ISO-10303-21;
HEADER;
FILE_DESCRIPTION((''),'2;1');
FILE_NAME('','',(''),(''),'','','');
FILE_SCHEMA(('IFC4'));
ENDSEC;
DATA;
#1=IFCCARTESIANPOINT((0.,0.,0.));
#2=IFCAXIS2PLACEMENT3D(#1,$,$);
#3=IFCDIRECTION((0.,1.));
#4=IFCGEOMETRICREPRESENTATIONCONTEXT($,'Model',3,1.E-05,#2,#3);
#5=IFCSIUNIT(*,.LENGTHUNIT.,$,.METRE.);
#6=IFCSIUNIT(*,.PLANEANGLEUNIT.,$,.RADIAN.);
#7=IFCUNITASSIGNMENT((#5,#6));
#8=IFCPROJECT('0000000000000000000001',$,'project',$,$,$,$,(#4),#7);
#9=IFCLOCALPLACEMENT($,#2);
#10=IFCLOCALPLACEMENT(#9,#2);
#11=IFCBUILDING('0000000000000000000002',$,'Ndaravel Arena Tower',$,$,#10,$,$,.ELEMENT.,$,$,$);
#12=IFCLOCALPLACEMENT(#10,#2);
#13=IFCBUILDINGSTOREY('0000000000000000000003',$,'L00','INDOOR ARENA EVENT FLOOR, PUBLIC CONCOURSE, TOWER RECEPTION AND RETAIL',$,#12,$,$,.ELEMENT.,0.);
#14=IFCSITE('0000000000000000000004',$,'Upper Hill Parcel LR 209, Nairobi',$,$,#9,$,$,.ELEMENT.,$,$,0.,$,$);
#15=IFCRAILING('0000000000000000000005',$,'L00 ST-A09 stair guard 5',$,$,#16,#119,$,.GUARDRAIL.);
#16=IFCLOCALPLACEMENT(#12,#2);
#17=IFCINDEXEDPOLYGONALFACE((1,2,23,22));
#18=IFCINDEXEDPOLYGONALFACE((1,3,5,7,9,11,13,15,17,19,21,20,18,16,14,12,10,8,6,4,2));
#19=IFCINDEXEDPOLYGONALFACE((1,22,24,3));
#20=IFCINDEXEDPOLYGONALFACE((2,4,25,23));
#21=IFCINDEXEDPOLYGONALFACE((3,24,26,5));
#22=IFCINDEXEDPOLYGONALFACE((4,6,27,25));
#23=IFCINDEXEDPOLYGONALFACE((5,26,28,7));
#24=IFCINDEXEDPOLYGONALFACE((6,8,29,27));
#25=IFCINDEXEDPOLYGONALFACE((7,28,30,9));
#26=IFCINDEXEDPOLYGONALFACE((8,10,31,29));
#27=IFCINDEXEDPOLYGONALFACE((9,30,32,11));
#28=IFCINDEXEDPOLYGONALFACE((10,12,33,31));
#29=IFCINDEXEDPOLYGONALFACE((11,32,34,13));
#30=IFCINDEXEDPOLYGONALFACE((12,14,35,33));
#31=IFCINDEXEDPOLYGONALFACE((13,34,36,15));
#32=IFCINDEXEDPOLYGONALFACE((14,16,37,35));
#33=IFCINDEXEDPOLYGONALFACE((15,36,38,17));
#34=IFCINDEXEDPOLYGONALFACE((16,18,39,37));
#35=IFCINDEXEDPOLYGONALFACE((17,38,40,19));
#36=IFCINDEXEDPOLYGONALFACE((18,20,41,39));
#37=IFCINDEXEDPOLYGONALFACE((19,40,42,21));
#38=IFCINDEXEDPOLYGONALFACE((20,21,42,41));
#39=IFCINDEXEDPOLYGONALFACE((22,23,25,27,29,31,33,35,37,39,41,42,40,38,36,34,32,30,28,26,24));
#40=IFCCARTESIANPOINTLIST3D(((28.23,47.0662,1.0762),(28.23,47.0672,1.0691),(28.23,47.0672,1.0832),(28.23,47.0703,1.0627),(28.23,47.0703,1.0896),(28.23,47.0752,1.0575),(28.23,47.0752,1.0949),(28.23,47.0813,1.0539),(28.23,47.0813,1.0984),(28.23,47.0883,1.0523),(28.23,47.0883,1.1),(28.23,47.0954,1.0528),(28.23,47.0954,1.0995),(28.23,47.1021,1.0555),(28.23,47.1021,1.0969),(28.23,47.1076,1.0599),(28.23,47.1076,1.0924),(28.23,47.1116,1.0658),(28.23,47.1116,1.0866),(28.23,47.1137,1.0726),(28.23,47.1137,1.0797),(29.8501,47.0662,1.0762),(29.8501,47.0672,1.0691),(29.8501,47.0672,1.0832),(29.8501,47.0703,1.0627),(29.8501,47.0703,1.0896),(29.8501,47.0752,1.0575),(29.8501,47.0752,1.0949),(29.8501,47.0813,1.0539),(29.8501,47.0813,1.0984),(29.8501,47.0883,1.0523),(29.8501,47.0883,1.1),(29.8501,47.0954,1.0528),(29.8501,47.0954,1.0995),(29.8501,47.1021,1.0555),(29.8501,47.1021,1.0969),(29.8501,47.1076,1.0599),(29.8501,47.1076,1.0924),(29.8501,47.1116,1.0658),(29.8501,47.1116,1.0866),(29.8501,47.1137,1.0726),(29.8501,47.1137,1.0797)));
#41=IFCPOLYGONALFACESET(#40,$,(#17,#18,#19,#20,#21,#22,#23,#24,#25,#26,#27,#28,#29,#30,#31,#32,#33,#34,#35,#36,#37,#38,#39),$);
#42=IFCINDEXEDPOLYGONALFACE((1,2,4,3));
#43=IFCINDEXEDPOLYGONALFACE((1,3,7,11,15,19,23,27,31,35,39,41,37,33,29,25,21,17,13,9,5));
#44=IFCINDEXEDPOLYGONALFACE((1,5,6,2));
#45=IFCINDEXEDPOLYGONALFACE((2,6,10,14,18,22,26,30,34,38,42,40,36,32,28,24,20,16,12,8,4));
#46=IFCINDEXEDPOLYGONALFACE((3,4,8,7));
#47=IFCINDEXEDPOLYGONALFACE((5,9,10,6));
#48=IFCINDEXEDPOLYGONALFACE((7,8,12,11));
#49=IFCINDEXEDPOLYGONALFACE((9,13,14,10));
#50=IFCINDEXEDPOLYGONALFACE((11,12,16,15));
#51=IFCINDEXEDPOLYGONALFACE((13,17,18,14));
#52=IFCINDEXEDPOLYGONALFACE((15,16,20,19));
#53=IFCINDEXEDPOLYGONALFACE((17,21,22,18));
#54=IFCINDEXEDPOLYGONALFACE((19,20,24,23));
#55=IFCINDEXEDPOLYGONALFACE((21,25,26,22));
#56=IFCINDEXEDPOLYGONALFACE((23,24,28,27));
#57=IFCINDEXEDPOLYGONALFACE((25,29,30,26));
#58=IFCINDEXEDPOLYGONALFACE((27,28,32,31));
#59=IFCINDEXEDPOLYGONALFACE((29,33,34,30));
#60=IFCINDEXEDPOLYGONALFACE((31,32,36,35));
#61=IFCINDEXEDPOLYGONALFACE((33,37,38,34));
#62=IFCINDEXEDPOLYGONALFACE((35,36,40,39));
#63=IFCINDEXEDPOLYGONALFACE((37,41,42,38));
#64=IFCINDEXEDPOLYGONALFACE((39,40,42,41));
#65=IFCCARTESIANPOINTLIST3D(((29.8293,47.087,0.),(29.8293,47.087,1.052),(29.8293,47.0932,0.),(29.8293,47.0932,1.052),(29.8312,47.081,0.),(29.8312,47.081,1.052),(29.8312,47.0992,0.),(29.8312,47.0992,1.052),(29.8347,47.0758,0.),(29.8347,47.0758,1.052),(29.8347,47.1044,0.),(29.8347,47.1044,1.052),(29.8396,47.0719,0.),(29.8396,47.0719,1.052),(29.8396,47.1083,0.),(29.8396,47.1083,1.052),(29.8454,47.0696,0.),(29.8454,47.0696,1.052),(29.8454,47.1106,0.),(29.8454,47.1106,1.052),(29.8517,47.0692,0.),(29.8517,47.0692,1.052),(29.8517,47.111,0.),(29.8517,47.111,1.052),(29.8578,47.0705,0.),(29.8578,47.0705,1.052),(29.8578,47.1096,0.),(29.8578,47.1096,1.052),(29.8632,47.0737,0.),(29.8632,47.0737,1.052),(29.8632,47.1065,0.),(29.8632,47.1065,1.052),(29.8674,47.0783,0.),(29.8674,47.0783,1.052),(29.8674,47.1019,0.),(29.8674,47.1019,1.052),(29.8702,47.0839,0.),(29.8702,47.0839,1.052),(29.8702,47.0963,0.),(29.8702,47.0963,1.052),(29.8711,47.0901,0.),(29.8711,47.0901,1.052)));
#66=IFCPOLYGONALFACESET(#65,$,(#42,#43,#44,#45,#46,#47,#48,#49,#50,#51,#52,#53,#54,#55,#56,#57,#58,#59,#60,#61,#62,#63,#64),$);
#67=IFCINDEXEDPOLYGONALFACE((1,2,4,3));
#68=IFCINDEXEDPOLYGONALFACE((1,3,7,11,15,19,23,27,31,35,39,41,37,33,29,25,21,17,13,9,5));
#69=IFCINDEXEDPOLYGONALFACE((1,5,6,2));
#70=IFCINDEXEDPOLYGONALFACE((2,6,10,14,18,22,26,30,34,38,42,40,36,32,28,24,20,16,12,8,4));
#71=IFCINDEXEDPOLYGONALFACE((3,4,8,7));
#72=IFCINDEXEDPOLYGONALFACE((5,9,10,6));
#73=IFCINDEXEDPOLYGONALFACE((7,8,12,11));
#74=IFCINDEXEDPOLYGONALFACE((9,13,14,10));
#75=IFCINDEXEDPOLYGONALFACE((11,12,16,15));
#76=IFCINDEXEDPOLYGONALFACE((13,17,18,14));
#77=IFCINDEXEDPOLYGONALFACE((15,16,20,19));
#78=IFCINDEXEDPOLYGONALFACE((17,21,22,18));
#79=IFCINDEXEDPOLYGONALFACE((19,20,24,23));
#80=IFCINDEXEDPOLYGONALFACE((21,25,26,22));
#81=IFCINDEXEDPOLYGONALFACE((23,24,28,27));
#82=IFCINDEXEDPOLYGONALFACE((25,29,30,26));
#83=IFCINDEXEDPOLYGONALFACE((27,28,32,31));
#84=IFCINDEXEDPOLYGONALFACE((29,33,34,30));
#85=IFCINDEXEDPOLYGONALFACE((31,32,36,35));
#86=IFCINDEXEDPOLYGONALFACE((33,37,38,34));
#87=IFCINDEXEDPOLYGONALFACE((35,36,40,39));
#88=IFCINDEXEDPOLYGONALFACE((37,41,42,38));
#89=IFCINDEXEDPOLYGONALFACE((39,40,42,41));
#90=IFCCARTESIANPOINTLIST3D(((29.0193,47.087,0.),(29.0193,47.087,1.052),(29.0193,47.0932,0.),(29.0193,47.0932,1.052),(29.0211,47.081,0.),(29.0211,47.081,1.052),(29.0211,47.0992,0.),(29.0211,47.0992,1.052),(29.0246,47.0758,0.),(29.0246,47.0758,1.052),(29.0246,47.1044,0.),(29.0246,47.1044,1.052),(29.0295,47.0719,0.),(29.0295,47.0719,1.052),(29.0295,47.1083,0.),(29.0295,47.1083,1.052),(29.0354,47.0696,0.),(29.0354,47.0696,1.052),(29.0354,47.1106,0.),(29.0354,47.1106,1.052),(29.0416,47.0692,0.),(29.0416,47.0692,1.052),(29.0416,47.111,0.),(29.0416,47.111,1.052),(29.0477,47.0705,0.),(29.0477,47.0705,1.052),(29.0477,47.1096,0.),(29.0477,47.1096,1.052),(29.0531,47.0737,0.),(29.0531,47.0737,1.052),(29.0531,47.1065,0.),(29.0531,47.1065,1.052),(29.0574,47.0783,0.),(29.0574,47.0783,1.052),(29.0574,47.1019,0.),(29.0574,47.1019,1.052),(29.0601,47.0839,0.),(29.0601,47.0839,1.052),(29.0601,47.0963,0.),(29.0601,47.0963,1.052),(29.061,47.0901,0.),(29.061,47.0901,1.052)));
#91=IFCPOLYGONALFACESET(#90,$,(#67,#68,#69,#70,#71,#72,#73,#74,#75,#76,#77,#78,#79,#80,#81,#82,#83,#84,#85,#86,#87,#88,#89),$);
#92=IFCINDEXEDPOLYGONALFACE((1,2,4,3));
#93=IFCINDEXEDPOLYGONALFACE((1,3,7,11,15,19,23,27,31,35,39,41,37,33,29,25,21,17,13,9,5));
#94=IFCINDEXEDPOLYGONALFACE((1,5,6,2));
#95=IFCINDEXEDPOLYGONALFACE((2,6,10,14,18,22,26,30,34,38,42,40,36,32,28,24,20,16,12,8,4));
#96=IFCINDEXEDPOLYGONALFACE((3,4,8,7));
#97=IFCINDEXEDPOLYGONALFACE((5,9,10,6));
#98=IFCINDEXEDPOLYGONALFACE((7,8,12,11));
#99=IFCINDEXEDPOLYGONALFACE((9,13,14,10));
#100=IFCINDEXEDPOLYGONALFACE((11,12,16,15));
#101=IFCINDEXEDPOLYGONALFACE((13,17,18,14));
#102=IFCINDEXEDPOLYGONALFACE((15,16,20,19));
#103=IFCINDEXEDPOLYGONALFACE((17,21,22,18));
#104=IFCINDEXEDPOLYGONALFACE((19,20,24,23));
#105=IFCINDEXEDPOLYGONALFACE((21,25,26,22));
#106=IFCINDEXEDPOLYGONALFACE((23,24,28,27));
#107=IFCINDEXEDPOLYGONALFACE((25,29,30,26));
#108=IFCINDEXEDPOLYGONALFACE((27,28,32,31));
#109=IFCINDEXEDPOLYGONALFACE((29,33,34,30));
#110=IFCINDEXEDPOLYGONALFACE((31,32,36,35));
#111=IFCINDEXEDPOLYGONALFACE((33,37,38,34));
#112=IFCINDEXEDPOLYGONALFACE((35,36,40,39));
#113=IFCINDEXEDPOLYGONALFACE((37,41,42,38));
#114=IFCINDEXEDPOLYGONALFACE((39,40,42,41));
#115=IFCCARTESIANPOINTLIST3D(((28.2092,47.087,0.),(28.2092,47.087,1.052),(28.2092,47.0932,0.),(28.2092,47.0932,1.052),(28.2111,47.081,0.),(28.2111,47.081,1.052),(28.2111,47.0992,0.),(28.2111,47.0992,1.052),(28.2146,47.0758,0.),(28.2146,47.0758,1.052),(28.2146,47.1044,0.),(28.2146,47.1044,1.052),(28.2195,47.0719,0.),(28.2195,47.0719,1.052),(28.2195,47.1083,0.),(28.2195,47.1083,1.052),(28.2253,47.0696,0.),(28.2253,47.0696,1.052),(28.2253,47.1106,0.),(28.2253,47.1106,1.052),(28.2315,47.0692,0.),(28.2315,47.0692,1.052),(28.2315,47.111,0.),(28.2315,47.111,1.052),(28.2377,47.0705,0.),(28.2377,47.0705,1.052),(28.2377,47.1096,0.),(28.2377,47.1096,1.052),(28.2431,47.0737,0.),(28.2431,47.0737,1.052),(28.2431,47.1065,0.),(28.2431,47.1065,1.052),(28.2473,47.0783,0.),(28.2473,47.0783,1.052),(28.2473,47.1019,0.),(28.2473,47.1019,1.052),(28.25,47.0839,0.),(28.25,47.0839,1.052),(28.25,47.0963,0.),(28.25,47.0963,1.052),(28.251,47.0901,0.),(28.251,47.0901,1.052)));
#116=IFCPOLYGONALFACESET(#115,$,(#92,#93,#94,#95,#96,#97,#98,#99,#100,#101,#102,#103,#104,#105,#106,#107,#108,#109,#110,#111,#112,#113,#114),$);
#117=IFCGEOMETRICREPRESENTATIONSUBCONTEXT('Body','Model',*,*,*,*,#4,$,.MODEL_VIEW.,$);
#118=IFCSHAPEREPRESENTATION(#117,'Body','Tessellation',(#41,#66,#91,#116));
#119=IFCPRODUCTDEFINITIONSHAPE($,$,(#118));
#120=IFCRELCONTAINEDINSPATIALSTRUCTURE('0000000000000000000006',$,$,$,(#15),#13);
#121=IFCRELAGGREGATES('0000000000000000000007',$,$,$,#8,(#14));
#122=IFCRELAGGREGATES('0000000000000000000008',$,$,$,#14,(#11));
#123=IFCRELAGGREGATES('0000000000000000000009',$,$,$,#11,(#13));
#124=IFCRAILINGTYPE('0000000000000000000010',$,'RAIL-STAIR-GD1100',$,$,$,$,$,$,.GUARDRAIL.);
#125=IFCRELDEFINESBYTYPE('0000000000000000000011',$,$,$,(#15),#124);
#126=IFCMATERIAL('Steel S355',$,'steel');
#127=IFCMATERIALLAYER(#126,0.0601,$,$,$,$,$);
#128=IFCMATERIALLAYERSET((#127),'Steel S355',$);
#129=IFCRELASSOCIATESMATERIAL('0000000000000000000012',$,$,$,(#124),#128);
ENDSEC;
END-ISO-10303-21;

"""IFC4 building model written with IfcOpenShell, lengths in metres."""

from ifc_helpers import new_model, si_unit, direction, frame, origin, origin_2d, place, context, subcontext, project, spatial, circle, extrude, material, layer, layer_set, type_object, element, save


model = new_model("IFC4")

# Units and contexts
model_context = context("Model", 3, precision=1e-05, world=origin(), true_north=direction((0.0, 1.0)))
body_context = subcontext(model_context, "Body", "Model", "MODEL_VIEW")
ifc_project = project(units=[si_unit("LENGTHUNIT", "METRE"), si_unit("PLANEANGLEUNIT", "RADIAN")], contexts=[model_context])

# Site, building, storey
site_placement = place(None, origin())
site = spatial("IfcSite", under=ifc_project, at=site_placement, Name="Upper Hill Parcel LR 209, Nairobi", CompositionType="ELEMENT", RefElevation=0.0)
building_placement = place(site_placement, origin())
building = spatial("IfcBuilding", under=site, at=building_placement, Name="Ndaravel Arena Tower", CompositionType="ELEMENT")
storey_placement = place(building_placement, origin())
storey = spatial("IfcBuildingStorey", under=building, at=storey_placement, Name="L00", Description="INDOOR ARENA EVENT FLOOR, PUBLIC CONCOURSE, TOWER RECEPTION AND RETAIL", CompositionType="ELEMENT", Elevation=0.0)

# Railing
ifc_material_1 = material(Name="Steel S355", Category="steel")
ifc_layer_1 = layer(ifc_material_1, 0.0601)
ifc_layer_set_1 = layer_set([ifc_layer_1], Name="Steel S355")
railing_type = type_object("IfcRailingType", Name="RAIL-STAIR-GD1100", PredefinedType="GUARDRAIL", material=ifc_layer_set_1)
for number, where, name in (
    (1, (29.8501, 47.0901, 0.0), "L00 ST-A09 stair guard 5"),
):
    element("IfcRailing", number, at=place(storey_placement, frame(where)), inside=storey, type_object=railing_type, Name=name, PredefinedType="GUARDRAIL", context=body_context, shape_type="SweptSolid", body=[
        extrude(circle(Radius=0.0239, at=origin_2d()), frame((0.0, 0.0, 1.0762), z_axis=(-1.0, 0.0, 0.0), x_axis=(0.0, -1.0, 0.0)), (0.0, 0.0, 1.0), 1.6201),
        extrude(circle(Radius=0.021, at=origin_2d()), origin(), (0.0, 0.0, 1.0), 1.052),
        extrude(circle(Radius=0.021, at=origin_2d()), frame((-0.8101, 0.0, 0.0)), (0.0, 0.0, 1.0), 1.052),
        extrude(circle(Radius=0.021, at=origin_2d()), frame((-1.6201, 0.0, 0.0)), (0.0, 0.0, 1.0), 1.052),
    ])

save(model, "model.ifc")
